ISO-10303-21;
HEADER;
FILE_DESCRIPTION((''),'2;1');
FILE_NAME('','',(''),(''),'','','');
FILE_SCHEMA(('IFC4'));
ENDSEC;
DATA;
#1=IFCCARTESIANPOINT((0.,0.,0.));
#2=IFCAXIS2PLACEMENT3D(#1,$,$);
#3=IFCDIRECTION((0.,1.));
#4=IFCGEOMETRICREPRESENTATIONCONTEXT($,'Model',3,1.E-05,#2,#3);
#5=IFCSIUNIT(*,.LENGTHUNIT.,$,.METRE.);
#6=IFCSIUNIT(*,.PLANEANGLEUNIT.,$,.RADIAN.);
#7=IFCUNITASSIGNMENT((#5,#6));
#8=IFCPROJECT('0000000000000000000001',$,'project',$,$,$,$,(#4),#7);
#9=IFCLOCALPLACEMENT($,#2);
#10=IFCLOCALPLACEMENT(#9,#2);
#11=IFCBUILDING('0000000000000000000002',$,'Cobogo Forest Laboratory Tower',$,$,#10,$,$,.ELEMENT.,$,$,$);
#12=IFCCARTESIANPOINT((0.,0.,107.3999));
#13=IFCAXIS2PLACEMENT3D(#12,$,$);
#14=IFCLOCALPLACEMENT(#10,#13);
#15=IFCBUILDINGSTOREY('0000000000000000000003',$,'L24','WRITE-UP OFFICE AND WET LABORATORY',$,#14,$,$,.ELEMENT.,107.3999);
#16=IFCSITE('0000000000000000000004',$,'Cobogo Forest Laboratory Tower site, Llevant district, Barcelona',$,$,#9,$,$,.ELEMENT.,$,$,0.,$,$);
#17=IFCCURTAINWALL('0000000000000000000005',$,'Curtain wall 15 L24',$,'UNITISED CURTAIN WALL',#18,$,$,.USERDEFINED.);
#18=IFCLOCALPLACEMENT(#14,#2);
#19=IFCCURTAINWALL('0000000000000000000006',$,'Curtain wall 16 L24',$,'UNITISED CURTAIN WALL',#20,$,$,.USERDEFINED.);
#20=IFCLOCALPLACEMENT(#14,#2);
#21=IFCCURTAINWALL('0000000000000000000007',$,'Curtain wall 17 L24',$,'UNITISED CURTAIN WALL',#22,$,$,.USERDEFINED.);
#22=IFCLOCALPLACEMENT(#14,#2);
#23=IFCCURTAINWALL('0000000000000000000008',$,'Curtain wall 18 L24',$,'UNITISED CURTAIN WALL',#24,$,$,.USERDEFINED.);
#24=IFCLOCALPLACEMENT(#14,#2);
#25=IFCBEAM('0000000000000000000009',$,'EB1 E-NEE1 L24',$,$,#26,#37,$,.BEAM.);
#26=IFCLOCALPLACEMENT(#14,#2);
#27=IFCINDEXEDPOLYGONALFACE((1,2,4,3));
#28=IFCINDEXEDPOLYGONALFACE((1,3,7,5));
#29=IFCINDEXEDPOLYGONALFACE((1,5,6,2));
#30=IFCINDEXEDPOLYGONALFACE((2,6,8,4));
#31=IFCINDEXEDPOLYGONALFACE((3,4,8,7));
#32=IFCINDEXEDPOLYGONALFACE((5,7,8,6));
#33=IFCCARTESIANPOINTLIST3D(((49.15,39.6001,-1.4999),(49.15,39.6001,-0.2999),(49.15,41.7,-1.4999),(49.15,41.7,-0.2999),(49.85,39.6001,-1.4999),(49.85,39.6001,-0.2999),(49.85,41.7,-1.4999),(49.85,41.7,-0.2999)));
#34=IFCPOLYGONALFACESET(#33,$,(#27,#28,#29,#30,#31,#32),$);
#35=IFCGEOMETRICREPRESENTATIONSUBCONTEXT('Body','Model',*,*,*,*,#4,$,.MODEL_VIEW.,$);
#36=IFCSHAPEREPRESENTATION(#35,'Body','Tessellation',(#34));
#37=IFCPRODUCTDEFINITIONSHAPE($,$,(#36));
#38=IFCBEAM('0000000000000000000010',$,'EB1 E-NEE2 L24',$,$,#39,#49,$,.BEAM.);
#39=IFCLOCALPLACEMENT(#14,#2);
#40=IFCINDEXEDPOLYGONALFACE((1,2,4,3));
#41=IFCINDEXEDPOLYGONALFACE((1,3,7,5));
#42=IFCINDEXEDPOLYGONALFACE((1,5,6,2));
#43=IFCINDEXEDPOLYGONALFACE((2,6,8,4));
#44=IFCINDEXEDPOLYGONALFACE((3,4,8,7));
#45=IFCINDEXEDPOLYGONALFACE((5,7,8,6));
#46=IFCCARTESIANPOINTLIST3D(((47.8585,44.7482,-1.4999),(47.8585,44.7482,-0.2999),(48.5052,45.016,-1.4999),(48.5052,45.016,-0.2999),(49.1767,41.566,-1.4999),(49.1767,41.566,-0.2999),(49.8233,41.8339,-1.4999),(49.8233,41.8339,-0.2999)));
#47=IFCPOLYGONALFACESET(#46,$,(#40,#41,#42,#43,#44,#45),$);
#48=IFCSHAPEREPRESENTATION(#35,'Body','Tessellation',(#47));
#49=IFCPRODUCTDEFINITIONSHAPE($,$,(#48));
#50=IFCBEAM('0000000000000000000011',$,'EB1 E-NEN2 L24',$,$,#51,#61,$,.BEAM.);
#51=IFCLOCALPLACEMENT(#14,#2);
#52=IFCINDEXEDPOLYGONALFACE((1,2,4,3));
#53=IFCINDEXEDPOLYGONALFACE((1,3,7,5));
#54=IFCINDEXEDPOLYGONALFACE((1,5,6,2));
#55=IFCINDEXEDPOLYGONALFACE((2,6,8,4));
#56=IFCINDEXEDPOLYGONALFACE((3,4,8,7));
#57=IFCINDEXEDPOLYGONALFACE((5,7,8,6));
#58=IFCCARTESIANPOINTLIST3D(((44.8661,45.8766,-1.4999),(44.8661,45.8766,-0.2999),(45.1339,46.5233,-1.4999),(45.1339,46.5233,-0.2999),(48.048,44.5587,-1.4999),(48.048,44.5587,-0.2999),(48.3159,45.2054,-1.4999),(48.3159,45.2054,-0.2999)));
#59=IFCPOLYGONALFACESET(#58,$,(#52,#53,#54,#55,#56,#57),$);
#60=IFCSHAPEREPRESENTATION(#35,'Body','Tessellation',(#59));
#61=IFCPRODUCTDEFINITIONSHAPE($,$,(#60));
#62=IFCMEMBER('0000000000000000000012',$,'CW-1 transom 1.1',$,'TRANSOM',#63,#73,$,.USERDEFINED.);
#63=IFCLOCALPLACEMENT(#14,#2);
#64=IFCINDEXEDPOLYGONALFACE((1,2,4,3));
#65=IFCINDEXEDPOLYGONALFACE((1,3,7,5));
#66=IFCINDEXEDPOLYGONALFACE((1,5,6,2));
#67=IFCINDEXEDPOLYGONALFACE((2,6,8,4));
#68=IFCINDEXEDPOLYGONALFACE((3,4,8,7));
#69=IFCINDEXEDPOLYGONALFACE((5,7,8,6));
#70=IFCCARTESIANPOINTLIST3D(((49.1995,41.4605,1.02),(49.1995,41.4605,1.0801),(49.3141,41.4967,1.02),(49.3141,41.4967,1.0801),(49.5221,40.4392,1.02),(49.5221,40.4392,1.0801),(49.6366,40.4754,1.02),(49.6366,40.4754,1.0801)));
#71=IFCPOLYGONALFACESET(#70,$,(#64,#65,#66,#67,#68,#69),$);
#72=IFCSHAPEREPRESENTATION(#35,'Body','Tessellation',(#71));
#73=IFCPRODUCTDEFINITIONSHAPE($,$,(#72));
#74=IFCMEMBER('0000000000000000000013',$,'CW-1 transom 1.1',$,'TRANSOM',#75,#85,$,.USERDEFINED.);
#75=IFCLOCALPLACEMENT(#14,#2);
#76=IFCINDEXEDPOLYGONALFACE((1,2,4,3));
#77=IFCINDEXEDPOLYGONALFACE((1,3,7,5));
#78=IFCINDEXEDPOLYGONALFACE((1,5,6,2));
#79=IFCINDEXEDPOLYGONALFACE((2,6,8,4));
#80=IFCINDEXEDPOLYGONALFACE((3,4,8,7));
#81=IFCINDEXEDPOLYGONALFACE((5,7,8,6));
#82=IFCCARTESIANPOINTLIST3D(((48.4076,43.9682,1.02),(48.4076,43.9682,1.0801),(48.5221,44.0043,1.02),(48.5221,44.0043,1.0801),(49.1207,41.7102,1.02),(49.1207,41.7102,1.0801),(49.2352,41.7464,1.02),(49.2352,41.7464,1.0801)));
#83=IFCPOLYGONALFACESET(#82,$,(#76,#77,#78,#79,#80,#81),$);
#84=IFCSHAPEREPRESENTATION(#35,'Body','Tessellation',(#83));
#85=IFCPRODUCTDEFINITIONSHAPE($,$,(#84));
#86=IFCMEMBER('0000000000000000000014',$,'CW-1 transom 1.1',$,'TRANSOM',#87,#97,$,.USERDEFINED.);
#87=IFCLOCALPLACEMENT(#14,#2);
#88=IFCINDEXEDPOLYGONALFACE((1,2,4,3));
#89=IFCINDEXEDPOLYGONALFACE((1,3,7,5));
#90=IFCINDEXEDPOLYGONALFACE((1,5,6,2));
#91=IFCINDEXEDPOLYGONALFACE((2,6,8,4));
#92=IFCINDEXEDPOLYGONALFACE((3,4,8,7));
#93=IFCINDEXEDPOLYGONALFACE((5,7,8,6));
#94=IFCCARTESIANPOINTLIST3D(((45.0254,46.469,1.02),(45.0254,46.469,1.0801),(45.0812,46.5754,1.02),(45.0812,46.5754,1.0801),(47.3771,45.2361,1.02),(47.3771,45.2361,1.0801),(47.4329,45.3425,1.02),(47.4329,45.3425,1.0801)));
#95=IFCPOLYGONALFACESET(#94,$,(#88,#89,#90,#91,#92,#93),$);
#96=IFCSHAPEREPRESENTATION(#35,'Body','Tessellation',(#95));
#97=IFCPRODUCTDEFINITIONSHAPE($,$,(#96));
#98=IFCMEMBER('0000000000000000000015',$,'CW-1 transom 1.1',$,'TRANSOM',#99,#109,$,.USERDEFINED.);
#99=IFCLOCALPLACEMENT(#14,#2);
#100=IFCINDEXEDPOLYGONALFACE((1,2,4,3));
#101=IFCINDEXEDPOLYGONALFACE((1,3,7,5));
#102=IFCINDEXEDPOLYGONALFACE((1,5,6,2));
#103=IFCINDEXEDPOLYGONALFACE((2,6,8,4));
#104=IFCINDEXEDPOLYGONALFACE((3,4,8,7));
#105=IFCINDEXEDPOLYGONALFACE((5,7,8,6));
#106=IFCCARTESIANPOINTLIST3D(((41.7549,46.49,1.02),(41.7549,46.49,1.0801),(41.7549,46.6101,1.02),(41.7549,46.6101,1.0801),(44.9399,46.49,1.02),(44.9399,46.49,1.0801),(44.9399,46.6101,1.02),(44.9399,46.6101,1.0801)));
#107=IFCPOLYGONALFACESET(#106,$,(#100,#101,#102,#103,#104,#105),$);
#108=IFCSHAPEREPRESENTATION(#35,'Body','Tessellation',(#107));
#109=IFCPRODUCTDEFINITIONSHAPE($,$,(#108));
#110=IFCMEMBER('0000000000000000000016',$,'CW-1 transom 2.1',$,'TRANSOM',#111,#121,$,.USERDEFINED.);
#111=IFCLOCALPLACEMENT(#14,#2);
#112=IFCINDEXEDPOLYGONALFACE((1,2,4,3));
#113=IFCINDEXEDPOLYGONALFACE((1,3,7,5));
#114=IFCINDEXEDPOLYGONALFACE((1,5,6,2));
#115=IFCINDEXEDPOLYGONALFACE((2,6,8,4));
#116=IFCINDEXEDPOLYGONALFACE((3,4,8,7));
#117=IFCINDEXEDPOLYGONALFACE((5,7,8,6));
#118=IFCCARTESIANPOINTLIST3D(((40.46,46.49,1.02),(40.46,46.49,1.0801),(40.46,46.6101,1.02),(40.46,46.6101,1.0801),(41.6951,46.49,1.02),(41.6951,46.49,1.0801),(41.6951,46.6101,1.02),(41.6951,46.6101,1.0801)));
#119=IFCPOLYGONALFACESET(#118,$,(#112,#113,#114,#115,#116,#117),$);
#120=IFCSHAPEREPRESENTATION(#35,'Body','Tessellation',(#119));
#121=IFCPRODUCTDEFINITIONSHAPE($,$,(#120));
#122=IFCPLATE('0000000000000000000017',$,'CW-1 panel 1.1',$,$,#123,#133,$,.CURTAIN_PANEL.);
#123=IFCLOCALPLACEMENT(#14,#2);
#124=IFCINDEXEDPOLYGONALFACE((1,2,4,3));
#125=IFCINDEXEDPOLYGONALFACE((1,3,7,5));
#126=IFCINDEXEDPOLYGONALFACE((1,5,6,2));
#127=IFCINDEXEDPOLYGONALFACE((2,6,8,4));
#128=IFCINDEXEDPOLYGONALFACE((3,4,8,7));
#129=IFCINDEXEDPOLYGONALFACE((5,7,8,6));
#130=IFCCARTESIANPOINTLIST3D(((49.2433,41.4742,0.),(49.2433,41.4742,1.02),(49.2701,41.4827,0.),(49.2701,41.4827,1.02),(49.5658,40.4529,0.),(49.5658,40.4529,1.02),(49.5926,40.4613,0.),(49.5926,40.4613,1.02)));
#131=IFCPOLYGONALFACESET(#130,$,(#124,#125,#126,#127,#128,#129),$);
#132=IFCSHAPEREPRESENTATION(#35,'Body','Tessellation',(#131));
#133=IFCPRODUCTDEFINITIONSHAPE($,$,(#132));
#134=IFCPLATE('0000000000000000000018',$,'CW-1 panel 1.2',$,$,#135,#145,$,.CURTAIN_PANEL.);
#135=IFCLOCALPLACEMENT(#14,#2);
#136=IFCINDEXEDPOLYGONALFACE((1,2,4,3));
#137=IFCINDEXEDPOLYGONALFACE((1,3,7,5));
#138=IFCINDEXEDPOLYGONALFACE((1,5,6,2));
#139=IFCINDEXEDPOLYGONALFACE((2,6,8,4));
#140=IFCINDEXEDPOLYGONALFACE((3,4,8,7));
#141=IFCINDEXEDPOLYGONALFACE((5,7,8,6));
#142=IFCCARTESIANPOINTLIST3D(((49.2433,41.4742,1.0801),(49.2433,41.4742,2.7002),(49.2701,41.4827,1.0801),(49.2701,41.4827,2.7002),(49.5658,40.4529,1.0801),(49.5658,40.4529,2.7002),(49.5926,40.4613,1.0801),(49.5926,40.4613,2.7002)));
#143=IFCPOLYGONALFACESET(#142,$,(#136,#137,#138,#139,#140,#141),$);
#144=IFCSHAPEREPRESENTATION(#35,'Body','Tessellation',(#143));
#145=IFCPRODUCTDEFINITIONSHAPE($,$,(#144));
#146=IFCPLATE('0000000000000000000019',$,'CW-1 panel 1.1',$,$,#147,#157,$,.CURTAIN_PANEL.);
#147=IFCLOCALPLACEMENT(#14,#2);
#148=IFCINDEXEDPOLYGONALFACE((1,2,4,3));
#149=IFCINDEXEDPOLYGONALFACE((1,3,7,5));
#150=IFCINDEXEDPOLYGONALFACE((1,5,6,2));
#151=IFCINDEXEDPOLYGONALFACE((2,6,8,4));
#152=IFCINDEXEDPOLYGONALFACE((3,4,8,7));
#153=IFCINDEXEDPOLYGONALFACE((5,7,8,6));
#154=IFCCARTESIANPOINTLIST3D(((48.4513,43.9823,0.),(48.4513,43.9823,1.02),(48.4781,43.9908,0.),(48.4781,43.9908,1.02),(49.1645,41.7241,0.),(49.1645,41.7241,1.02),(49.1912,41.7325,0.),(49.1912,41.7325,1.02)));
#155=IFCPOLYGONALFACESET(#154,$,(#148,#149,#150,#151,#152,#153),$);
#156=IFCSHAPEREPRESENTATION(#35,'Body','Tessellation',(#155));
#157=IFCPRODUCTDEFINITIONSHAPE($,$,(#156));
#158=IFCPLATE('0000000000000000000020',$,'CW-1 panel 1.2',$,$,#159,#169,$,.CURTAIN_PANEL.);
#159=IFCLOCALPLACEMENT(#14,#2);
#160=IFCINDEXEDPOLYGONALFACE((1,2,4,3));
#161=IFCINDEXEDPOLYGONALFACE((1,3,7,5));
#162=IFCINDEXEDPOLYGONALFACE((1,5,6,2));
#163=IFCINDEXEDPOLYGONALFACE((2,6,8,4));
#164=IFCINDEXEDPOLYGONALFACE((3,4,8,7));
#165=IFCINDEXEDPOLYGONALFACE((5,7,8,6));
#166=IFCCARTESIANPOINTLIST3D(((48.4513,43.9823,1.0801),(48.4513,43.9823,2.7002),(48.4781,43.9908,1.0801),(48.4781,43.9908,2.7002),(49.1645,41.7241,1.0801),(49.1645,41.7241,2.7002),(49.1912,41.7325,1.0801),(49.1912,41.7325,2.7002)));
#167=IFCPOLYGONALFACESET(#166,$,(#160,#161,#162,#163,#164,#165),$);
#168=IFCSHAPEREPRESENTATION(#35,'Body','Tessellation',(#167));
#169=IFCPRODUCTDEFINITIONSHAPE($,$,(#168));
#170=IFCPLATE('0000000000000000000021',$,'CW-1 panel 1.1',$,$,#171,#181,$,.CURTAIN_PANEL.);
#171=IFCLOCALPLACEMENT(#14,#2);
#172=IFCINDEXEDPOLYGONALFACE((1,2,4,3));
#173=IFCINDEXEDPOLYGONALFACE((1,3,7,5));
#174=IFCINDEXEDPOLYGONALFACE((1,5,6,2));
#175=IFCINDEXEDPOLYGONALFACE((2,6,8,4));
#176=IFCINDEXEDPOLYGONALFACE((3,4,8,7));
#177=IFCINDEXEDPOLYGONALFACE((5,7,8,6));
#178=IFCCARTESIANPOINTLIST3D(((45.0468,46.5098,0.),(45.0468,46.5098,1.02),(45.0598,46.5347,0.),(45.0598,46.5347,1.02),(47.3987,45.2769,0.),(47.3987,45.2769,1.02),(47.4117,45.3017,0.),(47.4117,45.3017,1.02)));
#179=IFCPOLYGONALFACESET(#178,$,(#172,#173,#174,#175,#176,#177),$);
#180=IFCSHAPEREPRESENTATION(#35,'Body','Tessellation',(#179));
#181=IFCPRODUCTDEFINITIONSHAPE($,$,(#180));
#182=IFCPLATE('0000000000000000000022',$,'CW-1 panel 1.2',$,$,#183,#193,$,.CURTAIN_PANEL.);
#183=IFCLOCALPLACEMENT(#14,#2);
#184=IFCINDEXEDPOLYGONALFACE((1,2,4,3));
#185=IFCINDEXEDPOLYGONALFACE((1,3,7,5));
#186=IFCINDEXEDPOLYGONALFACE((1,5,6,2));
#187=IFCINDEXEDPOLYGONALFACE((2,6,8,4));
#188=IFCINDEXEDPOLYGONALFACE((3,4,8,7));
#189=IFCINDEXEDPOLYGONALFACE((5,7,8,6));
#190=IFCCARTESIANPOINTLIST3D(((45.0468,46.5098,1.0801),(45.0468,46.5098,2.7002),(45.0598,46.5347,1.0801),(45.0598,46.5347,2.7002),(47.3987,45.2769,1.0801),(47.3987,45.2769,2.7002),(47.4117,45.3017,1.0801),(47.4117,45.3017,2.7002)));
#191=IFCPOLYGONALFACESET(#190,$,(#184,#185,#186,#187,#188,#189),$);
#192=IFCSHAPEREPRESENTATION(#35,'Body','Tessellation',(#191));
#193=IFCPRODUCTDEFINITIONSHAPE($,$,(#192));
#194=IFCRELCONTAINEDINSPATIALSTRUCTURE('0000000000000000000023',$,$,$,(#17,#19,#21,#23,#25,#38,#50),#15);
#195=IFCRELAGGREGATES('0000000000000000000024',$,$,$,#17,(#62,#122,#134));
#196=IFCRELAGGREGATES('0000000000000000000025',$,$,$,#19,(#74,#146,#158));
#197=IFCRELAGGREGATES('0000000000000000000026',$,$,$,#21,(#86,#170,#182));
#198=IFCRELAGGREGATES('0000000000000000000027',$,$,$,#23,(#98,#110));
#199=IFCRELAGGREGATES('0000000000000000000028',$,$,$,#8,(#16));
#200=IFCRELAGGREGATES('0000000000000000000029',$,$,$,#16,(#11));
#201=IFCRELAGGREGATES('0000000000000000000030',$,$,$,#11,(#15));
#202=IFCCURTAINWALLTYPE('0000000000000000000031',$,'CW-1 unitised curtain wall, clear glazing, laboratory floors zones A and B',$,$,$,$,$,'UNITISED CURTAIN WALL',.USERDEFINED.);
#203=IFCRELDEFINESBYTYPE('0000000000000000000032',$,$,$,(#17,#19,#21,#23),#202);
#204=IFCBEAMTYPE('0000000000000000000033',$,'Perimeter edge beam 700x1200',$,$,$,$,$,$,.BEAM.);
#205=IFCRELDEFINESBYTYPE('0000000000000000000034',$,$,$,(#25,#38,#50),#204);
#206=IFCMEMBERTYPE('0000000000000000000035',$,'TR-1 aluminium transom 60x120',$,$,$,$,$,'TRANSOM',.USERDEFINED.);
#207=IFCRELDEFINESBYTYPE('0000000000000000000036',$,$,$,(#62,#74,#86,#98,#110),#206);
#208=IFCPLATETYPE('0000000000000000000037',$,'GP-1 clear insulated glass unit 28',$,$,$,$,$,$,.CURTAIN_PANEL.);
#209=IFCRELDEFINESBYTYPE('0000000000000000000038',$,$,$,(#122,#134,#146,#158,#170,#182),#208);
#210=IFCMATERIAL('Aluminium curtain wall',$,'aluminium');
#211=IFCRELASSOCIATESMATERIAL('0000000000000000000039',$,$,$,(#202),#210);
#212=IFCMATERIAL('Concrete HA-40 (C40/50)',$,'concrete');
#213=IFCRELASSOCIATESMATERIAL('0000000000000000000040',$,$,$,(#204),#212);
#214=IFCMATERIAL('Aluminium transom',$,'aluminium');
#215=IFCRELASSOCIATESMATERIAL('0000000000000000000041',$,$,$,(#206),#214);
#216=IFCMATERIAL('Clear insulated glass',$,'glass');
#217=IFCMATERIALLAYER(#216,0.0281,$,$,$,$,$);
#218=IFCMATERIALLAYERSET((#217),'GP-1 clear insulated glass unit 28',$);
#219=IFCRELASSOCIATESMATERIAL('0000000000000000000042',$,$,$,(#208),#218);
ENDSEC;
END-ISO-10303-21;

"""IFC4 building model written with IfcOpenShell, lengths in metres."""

from ifc_helpers import new_model, si_unit, direction, frame, origin, origin_2d, place, context, subcontext, project, spatial, rectangle, extrude, material, layer, layer_set, material_profile, profile_set, type_object, element, aggregate, save


model = new_model("IFC4")

# Units and contexts
model_context = context("Model", 3, precision=1e-05, world=origin(), true_north=direction((0.0, 1.0)))
body_context = subcontext(model_context, "Body", "Model", "MODEL_VIEW")
ifc_project = project(units=[si_unit("LENGTHUNIT", "METRE"), si_unit("PLANEANGLEUNIT", "RADIAN")], contexts=[model_context])

# Site, building, storey
site_placement = place(None, origin())
site = spatial("IfcSite", under=ifc_project, at=site_placement, Name="Cobogo Forest Laboratory Tower site, Llevant district, Barcelona", CompositionType="ELEMENT", RefElevation=0.0)
building_placement = place(site_placement, origin())
building = spatial("IfcBuilding", under=site, at=building_placement, Name="Cobogo Forest Laboratory Tower", CompositionType="ELEMENT")
storey_placement = place(building_placement, frame((0.0, 0.0, 107.3999)))
storey = spatial("IfcBuildingStorey", under=building, at=storey_placement, Name="L24", Description="WRITE-UP OFFICE AND WET LABORATORY", CompositionType="ELEMENT", Elevation=107.3999)

# Shared definitions
ifc_material_1 = material(Name="Concrete HA-40 (C40/50)", Category="concrete")

# Curtain walls
ifc_material_2 = material(Name="Aluminium curtain wall", Category="aluminium")
curtain_wall_type = type_object("IfcCurtainWallType", Name="CW-1 unitised curtain wall, clear glazing, laboratory floors zones A and B", ElementType="UNITISED CURTAIN WALL", PredefinedType="USERDEFINED", material=ifc_material_2)
curtain_wall_1_placement = place(storey_placement, origin())
curtain_wall_1 = element("IfcCurtainWall", 1, at=curtain_wall_1_placement, inside=storey, type_object=curtain_wall_type, Name="Curtain wall 15 L24", ObjectType="UNITISED CURTAIN WALL", PredefinedType="USERDEFINED")
curtain_wall_2_placement = place(storey_placement, origin())
curtain_wall_2 = element("IfcCurtainWall", 2, at=curtain_wall_2_placement, inside=storey, type_object=curtain_wall_type, Name="Curtain wall 16 L24", ObjectType="UNITISED CURTAIN WALL", PredefinedType="USERDEFINED")
curtain_wall_3_placement = place(storey_placement, origin())
curtain_wall_3 = element("IfcCurtainWall", 3, at=curtain_wall_3_placement, inside=storey, type_object=curtain_wall_type, Name="Curtain wall 17 L24", ObjectType="UNITISED CURTAIN WALL", PredefinedType="USERDEFINED")
curtain_wall_4_placement = place(storey_placement, origin())
curtain_wall_4 = element("IfcCurtainWall", 4, at=curtain_wall_4_placement, inside=storey, type_object=curtain_wall_type, Name="Curtain wall 18 L24", ObjectType="UNITISED CURTAIN WALL", PredefinedType="USERDEFINED")

# Beams
ifc_material_profile_1 = material_profile(ifc_material_1, rectangle(XDim=0.7, YDim=1.2, at=origin_2d()), Name="RC 700x1200")
ifc_profile_set_1 = profile_set([ifc_material_profile_1], Name="Concrete HA-40 (C40/50)")
beam_type_1 = type_object("IfcBeamType", Name="Perimeter edge beam 700x1200", PredefinedType="BEAM", material=ifc_profile_set_1)
beam_1_placement = place(storey_placement, frame((49.5, 39.6001, -0.8999), z_axis=(0.0, 1.0, 0.0), x_axis=(-1.0, 0.0, 0.0)))
element("IfcBeam", 5, at=beam_1_placement, inside=storey, type_object=beam_type_1, Name="EB1 E-NEE1 L24", PredefinedType="BEAM", context=body_context, shape_type="SweptSolid", body=[
    extrude(rectangle(XDim=0.7, YDim=1.2, at=origin_2d()), origin(), (0.0, 0.0, 1.0), 2.0999),
])
beam_2_placement = place(storey_placement, frame((49.5, 41.7, -0.8999), z_axis=(-0.382692, 0.923876, 0.0), x_axis=(-0.923876, -0.382692, 0.0)))
element("IfcBeam", 6, at=beam_2_placement, inside=storey, type_object=beam_type_1, Name="EB1 E-NEE2 L24", PredefinedType="BEAM", context=body_context, shape_type="SweptSolid", body=[
    extrude(rectangle(XDim=0.7, YDim=1.2, at=origin_2d()), origin(), (0.0, 0.0, 1.0), 3.4443),
])
beam_3_placement = place(storey_placement, frame((45.0, 46.2, -0.8999), z_axis=(0.923891, -0.382656, 0.0), x_axis=(0.382656, 0.923891, 0.0)))
element("IfcBeam", 7, at=beam_3_placement, inside=storey, type_object=beam_type_1, Name="EB1 E-NEN2 L24", PredefinedType="BEAM", context=body_context, shape_type="SweptSolid", body=[
    extrude(rectangle(XDim=0.7, YDim=1.2, at=origin_2d()), origin(), (0.0, 0.0, 1.0), 3.4441),
])

# Members
ifc_material_3 = material(Name="Aluminium transom", Category="aluminium")
ifc_material_profile_2 = material_profile(ifc_material_3, rectangle(XDim=0.1201, YDim=0.0601, at=origin_2d()), Name="AL 60x120")
ifc_profile_set_2 = profile_set([ifc_material_profile_2], Name="Aluminium transom")
member_type_1 = type_object("IfcMemberType", Name="TR-1 aluminium transom 60x120", ElementType="TRANSOM", PredefinedType="USERDEFINED", material=ifc_profile_set_2)
member_1_placement = place(storey_placement, frame((49.5793, 40.4573, 1.05), z_axis=(-0.301142, 0.953579, 0.0), x_axis=(-0.953579, -0.301142, 0.0)))
member_1 = element("IfcMember", 8, at=member_1_placement, type_object=member_type_1, Name="CW-1 transom 1.1", ObjectType="TRANSOM", PredefinedType="USERDEFINED", context=body_context, shape_type="SweptSolid", body=[
    extrude(rectangle(XDim=0.1201, YDim=0.0601, at=origin_2d()), origin(), (0.0, 0.0, 1.0), 1.071),
])
member_2_placement = place(storey_placement, frame((49.178, 41.7283, 1.05), z_axis=(-0.301156, 0.953575, 0.0), x_axis=(-0.953575, -0.301156, 0.0)))
member_2 = element("IfcMember", 9, at=member_2_placement, type_object=member_type_1, Name="CW-1 transom 1.1", ObjectType="TRANSOM", PredefinedType="USERDEFINED", context=body_context, shape_type="SweptSolid", body=[
    extrude(rectangle(XDim=0.1201, YDim=0.0601, at=origin_2d()), origin(), (0.0, 0.0, 1.0), 2.3679),
])
member_3_placement = place(storey_placement, frame((47.405, 45.2893, 1.05), z_axis=(-0.885675, 0.464306, 0.0), x_axis=(-0.464306, -0.885675, 0.0)))
member_3 = element("IfcMember", 10, at=member_3_placement, type_object=member_type_1, Name="CW-1 transom 1.1", ObjectType="TRANSOM", PredefinedType="USERDEFINED", context=body_context, shape_type="SweptSolid", body=[
    extrude(rectangle(XDim=0.1201, YDim=0.0601, at=origin_2d()), origin(), (0.0, 0.0, 1.0), 2.6553),
])
member_4_placement = place(storey_placement, frame((44.9399, 46.55, 1.05), z_axis=(-1.0, 0.0, 0.0), x_axis=(0.0, -1.0, 0.0)))
member_4 = element("IfcMember", 11, at=member_4_placement, type_object=member_type_1, Name="CW-1 transom 1.1", ObjectType="TRANSOM", PredefinedType="USERDEFINED", context=body_context, shape_type="SweptSolid", body=[
    extrude(rectangle(XDim=0.1201, YDim=0.0601, at=origin_2d()), origin(), (0.0, 0.0, 1.0), 3.1851),
])
member_5_placement = place(storey_placement, frame((41.6951, 46.55, 1.05), z_axis=(-1.0, 0.0, 0.0), x_axis=(0.0, -1.0, 0.0)))
member_5 = element("IfcMember", 12, at=member_5_placement, type_object=member_type_1, Name="CW-1 transom 2.1", ObjectType="TRANSOM", PredefinedType="USERDEFINED", context=body_context, shape_type="SweptSolid", body=[
    extrude(rectangle(XDim=0.1201, YDim=0.0601, at=origin_2d()), origin(), (0.0, 0.0, 1.0), 1.2351),
])

# Plates
ifc_material_4 = material(Name="Clear insulated glass", Category="glass")
ifc_layer_1 = layer(ifc_material_4, 0.0281)
ifc_layer_set_1 = layer_set([ifc_layer_1], Name="GP-1 clear insulated glass unit 28")
plate_type = type_object("IfcPlateType", Name="GP-1 clear insulated glass unit 28", PredefinedType="CURTAIN_PANEL", material=ifc_layer_set_1)
plate_1_placement = place(storey_placement, frame((49.418, 40.9678, 0.0), z_axis=(0.0, 0.0, 1.0), x_axis=(-0.301136, 0.953581, 0.0)))
plate_1 = element("IfcPlate", 13, at=plate_1_placement, type_object=plate_type, Name="CW-1 panel 1.1", PredefinedType="CURTAIN_PANEL", context=body_context, shape_type="SweptSolid", body=[
    extrude(rectangle(XDim=1.071, YDim=0.0281, at=origin_2d()), origin(), (0.0, 0.0, 1.0), 1.02),
])
plate_2_placement = place(storey_placement, frame((49.418, 40.9678, 1.0801), z_axis=(0.0, 0.0, 1.0), x_axis=(-0.301136, 0.953581, 0.0)))
plate_2 = element("IfcPlate", 14, at=plate_2_placement, type_object=plate_type, Name="CW-1 panel 1.2", PredefinedType="CURTAIN_PANEL", context=body_context, shape_type="SweptSolid", body=[
    extrude(rectangle(XDim=1.071, YDim=0.0281, at=origin_2d()), origin(), (0.0, 0.0, 1.0), 1.6201),
])
aggregate(curtain_wall_1, [member_1, plate_1, plate_2])
plate_3_placement = place(storey_placement, frame((48.8213, 42.8574, 0.0), z_axis=(0.0, 0.0, 1.0), x_axis=(-0.301135, 0.953581, 0.0)))
plate_3 = element("IfcPlate", 15, at=plate_3_placement, type_object=plate_type, Name="CW-1 panel 1.1", PredefinedType="CURTAIN_PANEL", context=body_context, shape_type="SweptSolid", body=[
    extrude(rectangle(XDim=2.3682, YDim=0.0281, at=origin_2d()), origin(), (0.0, 0.0, 1.0), 1.02),
])
plate_4_placement = place(storey_placement, frame((48.8213, 42.8574, 1.0801), z_axis=(0.0, 0.0, 1.0), x_axis=(-0.301135, 0.953581, 0.0)))
plate_4 = element("IfcPlate", 16, at=plate_4_placement, type_object=plate_type, Name="CW-1 panel 1.2", PredefinedType="CURTAIN_PANEL", context=body_context, shape_type="SweptSolid", body=[
    extrude(rectangle(XDim=2.3682, YDim=0.0281, at=origin_2d()), origin(), (0.0, 0.0, 1.0), 1.6201),
])
aggregate(curtain_wall_2, [member_2, plate_3, plate_4])
plate_5_placement = place(storey_placement, frame((46.2292, 45.9058, 0.0), z_axis=(0.0, 0.0, 1.0), x_axis=(-0.885687, 0.464284, 0.0)))
plate_5 = element("IfcPlate", 17, at=plate_5_placement, type_object=plate_type, Name="CW-1 panel 1.1", PredefinedType="CURTAIN_PANEL", context=body_context, shape_type="SweptSolid", body=[
    extrude(rectangle(XDim=2.6555, YDim=0.0281, at=origin_2d()), origin(), (0.0, 0.0, 1.0), 1.02),
])
plate_6_placement = place(storey_placement, frame((46.2292, 45.9058, 1.0801), z_axis=(0.0, 0.0, 1.0), x_axis=(-0.885687, 0.464284, 0.0)))
plate_6 = element("IfcPlate", 18, at=plate_6_placement, type_object=plate_type, Name="CW-1 panel 1.2", PredefinedType="CURTAIN_PANEL", context=body_context, shape_type="SweptSolid", body=[
    extrude(rectangle(XDim=2.6555, YDim=0.0281, at=origin_2d()), origin(), (0.0, 0.0, 1.0), 1.6201),
])
aggregate(curtain_wall_3, [member_3, plate_5, plate_6])
aggregate(curtain_wall_4, [member_4, member_5])

save(model, "model.ifc")
